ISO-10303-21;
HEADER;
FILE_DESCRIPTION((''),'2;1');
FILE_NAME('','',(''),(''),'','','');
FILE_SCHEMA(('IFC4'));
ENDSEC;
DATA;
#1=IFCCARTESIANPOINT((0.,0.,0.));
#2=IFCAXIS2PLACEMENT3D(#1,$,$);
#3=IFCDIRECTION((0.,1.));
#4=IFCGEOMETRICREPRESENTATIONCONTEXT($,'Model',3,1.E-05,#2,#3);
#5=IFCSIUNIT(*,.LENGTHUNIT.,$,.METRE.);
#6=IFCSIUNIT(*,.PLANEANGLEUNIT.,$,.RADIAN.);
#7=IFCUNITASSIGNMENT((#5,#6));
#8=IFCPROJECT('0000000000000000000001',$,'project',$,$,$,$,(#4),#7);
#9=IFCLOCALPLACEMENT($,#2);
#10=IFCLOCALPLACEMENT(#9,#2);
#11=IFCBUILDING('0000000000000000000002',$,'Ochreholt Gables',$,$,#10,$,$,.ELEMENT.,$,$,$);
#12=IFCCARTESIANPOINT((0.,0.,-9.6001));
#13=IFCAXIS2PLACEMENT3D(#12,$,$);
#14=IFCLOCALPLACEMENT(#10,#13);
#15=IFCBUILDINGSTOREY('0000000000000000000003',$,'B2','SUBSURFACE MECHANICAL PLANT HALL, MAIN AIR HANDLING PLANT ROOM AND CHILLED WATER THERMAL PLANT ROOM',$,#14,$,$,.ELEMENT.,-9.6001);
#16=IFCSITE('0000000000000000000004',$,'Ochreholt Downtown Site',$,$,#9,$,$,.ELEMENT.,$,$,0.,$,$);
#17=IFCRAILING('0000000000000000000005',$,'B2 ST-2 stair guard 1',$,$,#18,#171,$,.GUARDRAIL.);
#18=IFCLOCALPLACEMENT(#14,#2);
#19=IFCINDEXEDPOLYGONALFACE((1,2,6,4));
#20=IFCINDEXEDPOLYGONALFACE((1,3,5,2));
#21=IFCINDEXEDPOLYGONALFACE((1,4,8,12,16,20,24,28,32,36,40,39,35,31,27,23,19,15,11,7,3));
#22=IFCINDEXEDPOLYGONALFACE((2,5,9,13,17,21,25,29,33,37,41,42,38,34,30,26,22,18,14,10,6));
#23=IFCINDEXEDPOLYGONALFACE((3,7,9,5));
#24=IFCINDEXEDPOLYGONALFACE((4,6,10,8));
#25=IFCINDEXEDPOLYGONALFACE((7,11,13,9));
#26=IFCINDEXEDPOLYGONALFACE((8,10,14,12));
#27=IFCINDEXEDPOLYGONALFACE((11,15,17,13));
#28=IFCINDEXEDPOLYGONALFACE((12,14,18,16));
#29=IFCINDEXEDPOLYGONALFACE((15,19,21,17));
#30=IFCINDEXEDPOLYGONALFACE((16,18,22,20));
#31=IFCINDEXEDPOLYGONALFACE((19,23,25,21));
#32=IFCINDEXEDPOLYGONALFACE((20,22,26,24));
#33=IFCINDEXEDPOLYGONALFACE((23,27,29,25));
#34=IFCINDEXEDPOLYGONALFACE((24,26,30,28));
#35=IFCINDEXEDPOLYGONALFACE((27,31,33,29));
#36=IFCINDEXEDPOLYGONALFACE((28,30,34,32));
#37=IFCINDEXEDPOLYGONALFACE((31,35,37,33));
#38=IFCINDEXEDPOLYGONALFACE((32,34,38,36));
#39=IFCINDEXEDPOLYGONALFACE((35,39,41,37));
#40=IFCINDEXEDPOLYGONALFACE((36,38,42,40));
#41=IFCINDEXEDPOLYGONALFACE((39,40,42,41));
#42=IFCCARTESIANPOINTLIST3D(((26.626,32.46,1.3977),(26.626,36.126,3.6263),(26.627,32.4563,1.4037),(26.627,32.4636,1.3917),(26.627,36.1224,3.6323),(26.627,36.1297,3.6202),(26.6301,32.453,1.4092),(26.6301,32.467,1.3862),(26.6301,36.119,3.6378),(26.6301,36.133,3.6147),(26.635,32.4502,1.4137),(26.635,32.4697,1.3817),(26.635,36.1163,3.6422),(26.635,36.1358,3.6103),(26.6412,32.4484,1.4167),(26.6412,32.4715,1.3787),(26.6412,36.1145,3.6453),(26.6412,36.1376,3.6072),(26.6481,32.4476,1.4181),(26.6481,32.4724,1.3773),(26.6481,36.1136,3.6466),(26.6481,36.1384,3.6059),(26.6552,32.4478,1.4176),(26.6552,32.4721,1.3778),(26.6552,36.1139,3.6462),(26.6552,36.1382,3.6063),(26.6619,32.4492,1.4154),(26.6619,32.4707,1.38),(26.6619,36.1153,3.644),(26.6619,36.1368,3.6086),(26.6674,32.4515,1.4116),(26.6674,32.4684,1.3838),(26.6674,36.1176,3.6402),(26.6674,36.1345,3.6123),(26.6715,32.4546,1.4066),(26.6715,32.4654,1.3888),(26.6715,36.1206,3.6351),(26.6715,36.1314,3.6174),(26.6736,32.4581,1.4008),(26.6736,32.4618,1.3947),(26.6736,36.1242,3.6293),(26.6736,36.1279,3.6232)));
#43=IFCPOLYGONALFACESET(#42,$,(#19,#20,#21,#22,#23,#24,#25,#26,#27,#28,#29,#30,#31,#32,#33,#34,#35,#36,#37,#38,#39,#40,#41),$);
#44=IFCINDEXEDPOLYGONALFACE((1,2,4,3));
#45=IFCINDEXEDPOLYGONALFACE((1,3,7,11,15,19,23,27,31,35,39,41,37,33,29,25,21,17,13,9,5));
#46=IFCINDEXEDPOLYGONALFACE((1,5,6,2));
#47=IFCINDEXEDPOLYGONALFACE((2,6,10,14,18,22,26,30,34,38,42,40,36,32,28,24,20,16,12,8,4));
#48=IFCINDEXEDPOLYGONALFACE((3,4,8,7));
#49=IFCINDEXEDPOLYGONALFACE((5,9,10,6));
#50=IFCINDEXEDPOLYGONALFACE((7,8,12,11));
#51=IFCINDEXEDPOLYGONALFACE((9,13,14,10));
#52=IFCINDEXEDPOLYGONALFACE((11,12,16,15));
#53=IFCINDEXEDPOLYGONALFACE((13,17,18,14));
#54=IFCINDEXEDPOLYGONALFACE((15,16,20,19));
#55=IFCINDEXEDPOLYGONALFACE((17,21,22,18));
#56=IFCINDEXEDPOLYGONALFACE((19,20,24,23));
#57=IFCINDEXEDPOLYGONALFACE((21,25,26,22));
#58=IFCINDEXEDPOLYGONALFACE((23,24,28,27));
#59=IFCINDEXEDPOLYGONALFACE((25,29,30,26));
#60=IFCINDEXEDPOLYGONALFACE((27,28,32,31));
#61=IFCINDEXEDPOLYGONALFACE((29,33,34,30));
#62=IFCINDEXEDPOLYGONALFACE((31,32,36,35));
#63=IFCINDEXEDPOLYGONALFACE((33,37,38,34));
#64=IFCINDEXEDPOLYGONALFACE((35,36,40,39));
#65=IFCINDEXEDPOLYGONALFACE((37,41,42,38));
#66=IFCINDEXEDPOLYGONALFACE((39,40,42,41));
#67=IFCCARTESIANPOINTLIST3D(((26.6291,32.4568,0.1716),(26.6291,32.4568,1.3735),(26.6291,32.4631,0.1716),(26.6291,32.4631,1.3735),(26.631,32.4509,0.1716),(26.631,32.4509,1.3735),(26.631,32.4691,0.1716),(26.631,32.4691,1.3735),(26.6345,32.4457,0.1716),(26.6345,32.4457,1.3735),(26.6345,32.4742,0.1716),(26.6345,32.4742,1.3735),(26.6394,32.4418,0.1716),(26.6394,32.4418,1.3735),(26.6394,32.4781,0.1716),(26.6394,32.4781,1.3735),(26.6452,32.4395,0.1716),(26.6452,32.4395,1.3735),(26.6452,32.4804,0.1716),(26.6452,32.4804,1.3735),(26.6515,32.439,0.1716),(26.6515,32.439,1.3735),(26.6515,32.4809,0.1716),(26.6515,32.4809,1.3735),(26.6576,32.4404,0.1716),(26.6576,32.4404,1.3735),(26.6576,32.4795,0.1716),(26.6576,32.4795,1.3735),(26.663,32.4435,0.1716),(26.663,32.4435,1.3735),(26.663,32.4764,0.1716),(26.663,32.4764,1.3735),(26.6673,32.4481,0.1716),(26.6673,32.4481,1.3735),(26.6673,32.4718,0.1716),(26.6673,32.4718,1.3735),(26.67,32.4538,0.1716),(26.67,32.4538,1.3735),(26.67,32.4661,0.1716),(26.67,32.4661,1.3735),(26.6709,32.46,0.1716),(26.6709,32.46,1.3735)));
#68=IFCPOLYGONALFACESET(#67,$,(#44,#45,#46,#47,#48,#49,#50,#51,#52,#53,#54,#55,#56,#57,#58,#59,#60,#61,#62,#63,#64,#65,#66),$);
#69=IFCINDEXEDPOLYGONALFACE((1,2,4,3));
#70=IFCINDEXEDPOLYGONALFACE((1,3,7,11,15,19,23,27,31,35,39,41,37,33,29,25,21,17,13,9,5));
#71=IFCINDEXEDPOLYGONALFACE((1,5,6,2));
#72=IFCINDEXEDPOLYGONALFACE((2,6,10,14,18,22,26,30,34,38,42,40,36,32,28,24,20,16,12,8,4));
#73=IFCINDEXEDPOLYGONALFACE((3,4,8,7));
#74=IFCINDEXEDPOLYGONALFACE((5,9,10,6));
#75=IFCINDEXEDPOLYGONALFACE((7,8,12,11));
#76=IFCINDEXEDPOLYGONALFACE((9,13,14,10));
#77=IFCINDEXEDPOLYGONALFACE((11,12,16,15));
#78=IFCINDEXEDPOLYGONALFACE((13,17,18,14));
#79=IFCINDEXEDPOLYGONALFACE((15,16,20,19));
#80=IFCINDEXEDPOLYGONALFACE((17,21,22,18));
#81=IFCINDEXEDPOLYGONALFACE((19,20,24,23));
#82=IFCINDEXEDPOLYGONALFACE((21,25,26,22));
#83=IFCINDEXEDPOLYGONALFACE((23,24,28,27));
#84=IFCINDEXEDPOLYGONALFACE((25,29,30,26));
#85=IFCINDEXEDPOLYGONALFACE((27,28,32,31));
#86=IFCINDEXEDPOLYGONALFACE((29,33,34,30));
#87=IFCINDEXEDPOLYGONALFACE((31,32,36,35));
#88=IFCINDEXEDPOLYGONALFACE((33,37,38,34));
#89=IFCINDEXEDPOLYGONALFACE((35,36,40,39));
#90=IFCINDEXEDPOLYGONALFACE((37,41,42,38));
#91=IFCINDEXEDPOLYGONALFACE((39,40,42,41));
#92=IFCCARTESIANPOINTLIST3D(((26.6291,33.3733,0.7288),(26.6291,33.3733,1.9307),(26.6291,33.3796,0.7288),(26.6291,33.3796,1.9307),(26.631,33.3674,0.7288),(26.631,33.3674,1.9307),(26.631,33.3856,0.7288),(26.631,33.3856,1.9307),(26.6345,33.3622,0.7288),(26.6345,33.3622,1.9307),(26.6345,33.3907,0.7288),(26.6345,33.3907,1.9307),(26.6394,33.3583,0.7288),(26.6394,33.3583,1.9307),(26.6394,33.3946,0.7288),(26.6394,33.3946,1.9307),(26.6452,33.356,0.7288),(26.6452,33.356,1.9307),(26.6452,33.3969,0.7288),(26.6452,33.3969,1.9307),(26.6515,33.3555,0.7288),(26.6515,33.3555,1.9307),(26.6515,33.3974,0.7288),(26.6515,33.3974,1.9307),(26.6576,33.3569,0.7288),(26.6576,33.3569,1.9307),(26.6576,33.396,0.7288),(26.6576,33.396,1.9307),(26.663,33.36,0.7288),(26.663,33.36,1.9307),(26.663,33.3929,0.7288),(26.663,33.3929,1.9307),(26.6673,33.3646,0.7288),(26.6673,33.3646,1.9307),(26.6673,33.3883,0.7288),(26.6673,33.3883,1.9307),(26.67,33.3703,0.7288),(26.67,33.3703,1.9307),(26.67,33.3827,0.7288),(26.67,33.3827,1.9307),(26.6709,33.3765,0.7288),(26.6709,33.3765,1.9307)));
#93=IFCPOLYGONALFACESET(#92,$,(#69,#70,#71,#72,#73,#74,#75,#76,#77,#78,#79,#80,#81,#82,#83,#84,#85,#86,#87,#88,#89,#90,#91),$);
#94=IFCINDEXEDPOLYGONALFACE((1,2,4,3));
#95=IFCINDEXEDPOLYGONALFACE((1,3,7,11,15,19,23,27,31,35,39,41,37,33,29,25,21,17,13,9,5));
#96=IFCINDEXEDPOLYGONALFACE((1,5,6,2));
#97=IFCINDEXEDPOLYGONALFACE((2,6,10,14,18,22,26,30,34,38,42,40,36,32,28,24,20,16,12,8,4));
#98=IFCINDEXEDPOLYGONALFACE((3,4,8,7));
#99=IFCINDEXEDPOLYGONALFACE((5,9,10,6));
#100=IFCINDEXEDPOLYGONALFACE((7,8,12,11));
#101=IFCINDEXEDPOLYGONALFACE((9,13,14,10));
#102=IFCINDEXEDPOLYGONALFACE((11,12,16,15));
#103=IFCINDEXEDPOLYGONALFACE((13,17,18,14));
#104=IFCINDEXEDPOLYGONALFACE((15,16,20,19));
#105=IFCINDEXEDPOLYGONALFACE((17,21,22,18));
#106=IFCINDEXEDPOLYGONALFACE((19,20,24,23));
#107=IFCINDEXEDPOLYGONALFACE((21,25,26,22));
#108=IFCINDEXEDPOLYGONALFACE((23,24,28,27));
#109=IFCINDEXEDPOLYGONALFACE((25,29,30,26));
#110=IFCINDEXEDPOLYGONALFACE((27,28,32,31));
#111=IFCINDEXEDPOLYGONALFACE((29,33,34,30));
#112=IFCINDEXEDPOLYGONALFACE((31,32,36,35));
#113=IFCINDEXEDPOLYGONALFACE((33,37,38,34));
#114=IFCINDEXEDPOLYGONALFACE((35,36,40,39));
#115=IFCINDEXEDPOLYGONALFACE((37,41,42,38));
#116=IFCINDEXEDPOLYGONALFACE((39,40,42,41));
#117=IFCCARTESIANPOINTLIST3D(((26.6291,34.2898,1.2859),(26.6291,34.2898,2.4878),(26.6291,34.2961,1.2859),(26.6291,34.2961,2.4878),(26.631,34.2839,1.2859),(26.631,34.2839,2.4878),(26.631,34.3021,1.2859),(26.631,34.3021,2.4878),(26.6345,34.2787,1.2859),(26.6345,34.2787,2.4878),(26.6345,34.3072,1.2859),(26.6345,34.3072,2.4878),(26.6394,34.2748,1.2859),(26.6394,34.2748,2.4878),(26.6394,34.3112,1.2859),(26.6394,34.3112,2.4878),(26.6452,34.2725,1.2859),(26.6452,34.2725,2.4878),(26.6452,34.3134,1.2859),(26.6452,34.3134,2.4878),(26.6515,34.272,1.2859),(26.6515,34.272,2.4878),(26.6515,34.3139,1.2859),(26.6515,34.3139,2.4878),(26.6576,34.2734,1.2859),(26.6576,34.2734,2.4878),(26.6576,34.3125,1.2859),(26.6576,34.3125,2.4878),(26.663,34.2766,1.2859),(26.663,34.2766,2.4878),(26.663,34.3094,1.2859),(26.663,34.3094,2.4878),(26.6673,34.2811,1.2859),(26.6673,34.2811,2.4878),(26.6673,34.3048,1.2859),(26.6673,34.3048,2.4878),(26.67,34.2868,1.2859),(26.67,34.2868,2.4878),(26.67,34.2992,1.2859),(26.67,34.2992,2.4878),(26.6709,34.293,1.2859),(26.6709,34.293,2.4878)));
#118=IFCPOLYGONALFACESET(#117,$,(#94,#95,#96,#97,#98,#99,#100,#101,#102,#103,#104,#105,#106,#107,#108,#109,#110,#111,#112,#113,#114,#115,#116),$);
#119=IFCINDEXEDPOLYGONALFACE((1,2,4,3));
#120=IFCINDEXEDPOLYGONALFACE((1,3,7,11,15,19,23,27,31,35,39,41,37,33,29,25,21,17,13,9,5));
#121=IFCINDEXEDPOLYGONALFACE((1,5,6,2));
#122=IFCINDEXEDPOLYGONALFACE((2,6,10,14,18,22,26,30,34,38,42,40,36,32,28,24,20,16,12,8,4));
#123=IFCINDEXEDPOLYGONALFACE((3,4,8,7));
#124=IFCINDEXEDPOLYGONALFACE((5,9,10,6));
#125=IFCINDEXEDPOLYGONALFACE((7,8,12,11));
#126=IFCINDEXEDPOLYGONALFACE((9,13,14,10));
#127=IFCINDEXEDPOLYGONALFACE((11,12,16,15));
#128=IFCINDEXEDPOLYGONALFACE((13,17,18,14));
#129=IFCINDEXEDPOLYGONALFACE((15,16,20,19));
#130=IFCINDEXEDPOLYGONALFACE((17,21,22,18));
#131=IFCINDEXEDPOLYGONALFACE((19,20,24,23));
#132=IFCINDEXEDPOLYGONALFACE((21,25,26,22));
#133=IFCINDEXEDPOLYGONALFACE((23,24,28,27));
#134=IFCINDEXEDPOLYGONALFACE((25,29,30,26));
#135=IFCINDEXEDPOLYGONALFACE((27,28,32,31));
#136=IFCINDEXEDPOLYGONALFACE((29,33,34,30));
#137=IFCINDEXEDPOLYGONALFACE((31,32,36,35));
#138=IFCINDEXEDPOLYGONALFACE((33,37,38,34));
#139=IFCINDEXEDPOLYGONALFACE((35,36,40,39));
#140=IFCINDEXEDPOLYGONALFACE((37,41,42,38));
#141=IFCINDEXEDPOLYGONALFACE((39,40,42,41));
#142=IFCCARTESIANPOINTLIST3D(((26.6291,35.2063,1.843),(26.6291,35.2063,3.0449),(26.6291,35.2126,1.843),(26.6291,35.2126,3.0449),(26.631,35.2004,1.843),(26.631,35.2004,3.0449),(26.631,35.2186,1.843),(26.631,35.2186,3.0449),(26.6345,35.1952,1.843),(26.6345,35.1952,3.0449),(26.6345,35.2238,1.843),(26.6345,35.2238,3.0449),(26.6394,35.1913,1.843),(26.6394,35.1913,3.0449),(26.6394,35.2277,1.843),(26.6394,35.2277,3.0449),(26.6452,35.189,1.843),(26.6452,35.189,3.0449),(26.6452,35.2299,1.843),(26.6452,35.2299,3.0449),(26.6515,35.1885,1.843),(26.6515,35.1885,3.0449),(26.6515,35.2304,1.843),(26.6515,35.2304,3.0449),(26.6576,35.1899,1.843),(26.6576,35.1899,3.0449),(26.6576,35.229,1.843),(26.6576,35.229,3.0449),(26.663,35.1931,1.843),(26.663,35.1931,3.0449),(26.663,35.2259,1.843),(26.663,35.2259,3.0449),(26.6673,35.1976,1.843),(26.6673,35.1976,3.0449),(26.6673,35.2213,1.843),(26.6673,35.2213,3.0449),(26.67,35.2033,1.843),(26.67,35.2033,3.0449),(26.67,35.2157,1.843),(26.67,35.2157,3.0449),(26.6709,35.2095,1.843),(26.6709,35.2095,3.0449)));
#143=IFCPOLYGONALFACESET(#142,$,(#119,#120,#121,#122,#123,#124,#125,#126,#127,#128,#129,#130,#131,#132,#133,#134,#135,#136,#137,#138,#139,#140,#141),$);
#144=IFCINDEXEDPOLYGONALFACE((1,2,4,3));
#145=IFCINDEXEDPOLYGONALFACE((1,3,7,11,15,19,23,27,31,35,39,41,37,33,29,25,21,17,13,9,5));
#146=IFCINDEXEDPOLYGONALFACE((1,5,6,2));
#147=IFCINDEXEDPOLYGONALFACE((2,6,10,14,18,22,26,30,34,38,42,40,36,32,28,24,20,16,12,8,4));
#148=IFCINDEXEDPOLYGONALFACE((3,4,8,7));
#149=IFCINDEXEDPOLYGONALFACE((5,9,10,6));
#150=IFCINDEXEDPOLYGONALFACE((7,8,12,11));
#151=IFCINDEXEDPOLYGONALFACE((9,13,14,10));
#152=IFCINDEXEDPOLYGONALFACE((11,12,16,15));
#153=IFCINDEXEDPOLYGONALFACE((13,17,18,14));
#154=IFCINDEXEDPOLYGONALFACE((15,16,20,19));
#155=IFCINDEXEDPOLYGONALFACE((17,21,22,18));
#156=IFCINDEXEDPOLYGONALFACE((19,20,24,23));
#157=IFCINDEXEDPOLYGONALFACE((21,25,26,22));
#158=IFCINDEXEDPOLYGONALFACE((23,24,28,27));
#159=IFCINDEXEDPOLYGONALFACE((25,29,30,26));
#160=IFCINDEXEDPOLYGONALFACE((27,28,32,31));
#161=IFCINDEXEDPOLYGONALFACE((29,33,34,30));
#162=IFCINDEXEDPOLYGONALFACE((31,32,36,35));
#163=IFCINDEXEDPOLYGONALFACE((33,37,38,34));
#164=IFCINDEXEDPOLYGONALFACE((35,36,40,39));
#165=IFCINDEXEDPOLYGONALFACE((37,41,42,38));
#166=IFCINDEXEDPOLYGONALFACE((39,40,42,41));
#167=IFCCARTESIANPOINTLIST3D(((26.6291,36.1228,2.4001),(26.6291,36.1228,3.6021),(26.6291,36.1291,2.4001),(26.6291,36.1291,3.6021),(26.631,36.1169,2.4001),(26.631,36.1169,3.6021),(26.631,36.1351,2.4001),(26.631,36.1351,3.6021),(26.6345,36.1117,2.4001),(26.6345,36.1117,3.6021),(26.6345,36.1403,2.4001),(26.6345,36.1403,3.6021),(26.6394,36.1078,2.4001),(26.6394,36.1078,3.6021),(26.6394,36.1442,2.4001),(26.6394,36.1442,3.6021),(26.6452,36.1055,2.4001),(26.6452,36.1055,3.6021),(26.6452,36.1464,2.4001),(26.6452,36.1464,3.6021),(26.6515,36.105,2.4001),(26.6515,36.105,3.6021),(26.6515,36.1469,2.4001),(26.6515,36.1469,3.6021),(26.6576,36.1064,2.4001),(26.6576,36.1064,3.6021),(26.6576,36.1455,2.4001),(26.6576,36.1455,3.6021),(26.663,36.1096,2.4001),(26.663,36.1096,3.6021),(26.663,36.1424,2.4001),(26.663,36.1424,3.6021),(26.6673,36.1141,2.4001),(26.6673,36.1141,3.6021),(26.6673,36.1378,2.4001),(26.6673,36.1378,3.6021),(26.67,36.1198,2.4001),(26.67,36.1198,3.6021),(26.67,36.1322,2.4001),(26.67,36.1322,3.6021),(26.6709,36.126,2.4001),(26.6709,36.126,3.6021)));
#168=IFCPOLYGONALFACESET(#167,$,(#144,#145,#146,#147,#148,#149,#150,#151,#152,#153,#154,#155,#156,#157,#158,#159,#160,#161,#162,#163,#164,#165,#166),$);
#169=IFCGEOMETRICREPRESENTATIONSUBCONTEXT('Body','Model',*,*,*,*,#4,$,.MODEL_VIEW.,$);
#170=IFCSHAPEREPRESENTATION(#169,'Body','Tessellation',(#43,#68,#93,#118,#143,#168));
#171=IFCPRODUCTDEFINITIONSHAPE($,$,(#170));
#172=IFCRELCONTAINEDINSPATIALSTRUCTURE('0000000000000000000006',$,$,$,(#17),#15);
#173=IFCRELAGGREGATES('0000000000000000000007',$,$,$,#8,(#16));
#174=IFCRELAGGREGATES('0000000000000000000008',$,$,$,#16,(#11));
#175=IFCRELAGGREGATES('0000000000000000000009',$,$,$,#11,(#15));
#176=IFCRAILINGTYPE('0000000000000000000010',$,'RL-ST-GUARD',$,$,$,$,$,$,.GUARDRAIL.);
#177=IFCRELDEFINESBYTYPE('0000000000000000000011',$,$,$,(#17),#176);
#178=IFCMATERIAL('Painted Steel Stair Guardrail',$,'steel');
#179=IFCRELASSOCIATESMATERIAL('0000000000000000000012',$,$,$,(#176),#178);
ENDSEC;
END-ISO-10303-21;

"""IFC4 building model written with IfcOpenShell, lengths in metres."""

from ifc_helpers import new_model, si_unit, direction, frame, origin, origin_2d, place, context, subcontext, project, spatial, circle, extrude, material, type_object, element, save


model = new_model("IFC4")

# Units and contexts
model_context = context("Model", 3, precision=1e-05, world=origin(), true_north=direction((0.0, 1.0)))
body_context = subcontext(model_context, "Body", "Model", "MODEL_VIEW")
ifc_project = project(units=[si_unit("LENGTHUNIT", "METRE"), si_unit("PLANEANGLEUNIT", "RADIAN")], contexts=[model_context])

# Site, building, storey
site_placement = place(None, origin())
site = spatial("IfcSite", under=ifc_project, at=site_placement, Name="Ochreholt Downtown Site", CompositionType="ELEMENT", RefElevation=0.0)
building_placement = place(site_placement, origin())
building = spatial("IfcBuilding", under=site, at=building_placement, Name="Ochreholt Gables", CompositionType="ELEMENT")
storey_placement = place(building_placement, frame((0.0, 0.0, -9.6001)))
storey = spatial("IfcBuildingStorey", under=building, at=storey_placement, Name="B2", Description="SUBSURFACE MECHANICAL PLANT HALL, MAIN AIR HANDLING PLANT ROOM AND CHILLED WATER THERMAL PLANT ROOM", CompositionType="ELEMENT", Elevation=-9.6001)

# Railing
ifc_material_1 = material(Name="Painted Steel Stair Guardrail", Category="steel")
railing_type_1 = type_object("IfcRailingType", Name="RL-ST-GUARD", PredefinedType="GUARDRAIL", material=ifc_material_1)
railing_1_placement = place(storey_placement, frame((26.6499, 32.46, 0.1716)))
element("IfcRailing", 1, at=railing_1_placement, inside=storey, type_object=railing_type_1, Name="B2 ST-2 stair guard 1", PredefinedType="GUARDRAIL", context=body_context, shape_type="SweptSolid", body=[
    extrude(circle(Radius=0.0239, at=origin_2d()), frame((0.0, 0.0, 1.2261), z_axis=(0.0, 0.854506, 0.519441), x_axis=(-1.0, 0.0, 0.0)), (0.0, 0.0, 1.0), 4.2903),
    extrude(circle(Radius=0.021, at=origin_2d()), origin(), (0.0, 0.0, 1.0), 1.2019),
    extrude(circle(Radius=0.021, at=origin_2d()), frame((0.0, 0.9165, 0.5571)), (0.0, 0.0, 1.0), 1.2019),
    extrude(circle(Radius=0.021, at=origin_2d()), frame((0.0, 1.833, 1.1143)), (0.0, 0.0, 1.0), 1.2019),
    extrude(circle(Radius=0.021, at=origin_2d()), frame((0.0, 2.7495, 1.6714)), (0.0, 0.0, 1.0), 1.2019),
    extrude(circle(Radius=0.021, at=origin_2d()), frame((0.0, 3.666, 2.2285)), (0.0, 0.0, 1.0), 1.2019),
])

save(model, "model.ifc")
